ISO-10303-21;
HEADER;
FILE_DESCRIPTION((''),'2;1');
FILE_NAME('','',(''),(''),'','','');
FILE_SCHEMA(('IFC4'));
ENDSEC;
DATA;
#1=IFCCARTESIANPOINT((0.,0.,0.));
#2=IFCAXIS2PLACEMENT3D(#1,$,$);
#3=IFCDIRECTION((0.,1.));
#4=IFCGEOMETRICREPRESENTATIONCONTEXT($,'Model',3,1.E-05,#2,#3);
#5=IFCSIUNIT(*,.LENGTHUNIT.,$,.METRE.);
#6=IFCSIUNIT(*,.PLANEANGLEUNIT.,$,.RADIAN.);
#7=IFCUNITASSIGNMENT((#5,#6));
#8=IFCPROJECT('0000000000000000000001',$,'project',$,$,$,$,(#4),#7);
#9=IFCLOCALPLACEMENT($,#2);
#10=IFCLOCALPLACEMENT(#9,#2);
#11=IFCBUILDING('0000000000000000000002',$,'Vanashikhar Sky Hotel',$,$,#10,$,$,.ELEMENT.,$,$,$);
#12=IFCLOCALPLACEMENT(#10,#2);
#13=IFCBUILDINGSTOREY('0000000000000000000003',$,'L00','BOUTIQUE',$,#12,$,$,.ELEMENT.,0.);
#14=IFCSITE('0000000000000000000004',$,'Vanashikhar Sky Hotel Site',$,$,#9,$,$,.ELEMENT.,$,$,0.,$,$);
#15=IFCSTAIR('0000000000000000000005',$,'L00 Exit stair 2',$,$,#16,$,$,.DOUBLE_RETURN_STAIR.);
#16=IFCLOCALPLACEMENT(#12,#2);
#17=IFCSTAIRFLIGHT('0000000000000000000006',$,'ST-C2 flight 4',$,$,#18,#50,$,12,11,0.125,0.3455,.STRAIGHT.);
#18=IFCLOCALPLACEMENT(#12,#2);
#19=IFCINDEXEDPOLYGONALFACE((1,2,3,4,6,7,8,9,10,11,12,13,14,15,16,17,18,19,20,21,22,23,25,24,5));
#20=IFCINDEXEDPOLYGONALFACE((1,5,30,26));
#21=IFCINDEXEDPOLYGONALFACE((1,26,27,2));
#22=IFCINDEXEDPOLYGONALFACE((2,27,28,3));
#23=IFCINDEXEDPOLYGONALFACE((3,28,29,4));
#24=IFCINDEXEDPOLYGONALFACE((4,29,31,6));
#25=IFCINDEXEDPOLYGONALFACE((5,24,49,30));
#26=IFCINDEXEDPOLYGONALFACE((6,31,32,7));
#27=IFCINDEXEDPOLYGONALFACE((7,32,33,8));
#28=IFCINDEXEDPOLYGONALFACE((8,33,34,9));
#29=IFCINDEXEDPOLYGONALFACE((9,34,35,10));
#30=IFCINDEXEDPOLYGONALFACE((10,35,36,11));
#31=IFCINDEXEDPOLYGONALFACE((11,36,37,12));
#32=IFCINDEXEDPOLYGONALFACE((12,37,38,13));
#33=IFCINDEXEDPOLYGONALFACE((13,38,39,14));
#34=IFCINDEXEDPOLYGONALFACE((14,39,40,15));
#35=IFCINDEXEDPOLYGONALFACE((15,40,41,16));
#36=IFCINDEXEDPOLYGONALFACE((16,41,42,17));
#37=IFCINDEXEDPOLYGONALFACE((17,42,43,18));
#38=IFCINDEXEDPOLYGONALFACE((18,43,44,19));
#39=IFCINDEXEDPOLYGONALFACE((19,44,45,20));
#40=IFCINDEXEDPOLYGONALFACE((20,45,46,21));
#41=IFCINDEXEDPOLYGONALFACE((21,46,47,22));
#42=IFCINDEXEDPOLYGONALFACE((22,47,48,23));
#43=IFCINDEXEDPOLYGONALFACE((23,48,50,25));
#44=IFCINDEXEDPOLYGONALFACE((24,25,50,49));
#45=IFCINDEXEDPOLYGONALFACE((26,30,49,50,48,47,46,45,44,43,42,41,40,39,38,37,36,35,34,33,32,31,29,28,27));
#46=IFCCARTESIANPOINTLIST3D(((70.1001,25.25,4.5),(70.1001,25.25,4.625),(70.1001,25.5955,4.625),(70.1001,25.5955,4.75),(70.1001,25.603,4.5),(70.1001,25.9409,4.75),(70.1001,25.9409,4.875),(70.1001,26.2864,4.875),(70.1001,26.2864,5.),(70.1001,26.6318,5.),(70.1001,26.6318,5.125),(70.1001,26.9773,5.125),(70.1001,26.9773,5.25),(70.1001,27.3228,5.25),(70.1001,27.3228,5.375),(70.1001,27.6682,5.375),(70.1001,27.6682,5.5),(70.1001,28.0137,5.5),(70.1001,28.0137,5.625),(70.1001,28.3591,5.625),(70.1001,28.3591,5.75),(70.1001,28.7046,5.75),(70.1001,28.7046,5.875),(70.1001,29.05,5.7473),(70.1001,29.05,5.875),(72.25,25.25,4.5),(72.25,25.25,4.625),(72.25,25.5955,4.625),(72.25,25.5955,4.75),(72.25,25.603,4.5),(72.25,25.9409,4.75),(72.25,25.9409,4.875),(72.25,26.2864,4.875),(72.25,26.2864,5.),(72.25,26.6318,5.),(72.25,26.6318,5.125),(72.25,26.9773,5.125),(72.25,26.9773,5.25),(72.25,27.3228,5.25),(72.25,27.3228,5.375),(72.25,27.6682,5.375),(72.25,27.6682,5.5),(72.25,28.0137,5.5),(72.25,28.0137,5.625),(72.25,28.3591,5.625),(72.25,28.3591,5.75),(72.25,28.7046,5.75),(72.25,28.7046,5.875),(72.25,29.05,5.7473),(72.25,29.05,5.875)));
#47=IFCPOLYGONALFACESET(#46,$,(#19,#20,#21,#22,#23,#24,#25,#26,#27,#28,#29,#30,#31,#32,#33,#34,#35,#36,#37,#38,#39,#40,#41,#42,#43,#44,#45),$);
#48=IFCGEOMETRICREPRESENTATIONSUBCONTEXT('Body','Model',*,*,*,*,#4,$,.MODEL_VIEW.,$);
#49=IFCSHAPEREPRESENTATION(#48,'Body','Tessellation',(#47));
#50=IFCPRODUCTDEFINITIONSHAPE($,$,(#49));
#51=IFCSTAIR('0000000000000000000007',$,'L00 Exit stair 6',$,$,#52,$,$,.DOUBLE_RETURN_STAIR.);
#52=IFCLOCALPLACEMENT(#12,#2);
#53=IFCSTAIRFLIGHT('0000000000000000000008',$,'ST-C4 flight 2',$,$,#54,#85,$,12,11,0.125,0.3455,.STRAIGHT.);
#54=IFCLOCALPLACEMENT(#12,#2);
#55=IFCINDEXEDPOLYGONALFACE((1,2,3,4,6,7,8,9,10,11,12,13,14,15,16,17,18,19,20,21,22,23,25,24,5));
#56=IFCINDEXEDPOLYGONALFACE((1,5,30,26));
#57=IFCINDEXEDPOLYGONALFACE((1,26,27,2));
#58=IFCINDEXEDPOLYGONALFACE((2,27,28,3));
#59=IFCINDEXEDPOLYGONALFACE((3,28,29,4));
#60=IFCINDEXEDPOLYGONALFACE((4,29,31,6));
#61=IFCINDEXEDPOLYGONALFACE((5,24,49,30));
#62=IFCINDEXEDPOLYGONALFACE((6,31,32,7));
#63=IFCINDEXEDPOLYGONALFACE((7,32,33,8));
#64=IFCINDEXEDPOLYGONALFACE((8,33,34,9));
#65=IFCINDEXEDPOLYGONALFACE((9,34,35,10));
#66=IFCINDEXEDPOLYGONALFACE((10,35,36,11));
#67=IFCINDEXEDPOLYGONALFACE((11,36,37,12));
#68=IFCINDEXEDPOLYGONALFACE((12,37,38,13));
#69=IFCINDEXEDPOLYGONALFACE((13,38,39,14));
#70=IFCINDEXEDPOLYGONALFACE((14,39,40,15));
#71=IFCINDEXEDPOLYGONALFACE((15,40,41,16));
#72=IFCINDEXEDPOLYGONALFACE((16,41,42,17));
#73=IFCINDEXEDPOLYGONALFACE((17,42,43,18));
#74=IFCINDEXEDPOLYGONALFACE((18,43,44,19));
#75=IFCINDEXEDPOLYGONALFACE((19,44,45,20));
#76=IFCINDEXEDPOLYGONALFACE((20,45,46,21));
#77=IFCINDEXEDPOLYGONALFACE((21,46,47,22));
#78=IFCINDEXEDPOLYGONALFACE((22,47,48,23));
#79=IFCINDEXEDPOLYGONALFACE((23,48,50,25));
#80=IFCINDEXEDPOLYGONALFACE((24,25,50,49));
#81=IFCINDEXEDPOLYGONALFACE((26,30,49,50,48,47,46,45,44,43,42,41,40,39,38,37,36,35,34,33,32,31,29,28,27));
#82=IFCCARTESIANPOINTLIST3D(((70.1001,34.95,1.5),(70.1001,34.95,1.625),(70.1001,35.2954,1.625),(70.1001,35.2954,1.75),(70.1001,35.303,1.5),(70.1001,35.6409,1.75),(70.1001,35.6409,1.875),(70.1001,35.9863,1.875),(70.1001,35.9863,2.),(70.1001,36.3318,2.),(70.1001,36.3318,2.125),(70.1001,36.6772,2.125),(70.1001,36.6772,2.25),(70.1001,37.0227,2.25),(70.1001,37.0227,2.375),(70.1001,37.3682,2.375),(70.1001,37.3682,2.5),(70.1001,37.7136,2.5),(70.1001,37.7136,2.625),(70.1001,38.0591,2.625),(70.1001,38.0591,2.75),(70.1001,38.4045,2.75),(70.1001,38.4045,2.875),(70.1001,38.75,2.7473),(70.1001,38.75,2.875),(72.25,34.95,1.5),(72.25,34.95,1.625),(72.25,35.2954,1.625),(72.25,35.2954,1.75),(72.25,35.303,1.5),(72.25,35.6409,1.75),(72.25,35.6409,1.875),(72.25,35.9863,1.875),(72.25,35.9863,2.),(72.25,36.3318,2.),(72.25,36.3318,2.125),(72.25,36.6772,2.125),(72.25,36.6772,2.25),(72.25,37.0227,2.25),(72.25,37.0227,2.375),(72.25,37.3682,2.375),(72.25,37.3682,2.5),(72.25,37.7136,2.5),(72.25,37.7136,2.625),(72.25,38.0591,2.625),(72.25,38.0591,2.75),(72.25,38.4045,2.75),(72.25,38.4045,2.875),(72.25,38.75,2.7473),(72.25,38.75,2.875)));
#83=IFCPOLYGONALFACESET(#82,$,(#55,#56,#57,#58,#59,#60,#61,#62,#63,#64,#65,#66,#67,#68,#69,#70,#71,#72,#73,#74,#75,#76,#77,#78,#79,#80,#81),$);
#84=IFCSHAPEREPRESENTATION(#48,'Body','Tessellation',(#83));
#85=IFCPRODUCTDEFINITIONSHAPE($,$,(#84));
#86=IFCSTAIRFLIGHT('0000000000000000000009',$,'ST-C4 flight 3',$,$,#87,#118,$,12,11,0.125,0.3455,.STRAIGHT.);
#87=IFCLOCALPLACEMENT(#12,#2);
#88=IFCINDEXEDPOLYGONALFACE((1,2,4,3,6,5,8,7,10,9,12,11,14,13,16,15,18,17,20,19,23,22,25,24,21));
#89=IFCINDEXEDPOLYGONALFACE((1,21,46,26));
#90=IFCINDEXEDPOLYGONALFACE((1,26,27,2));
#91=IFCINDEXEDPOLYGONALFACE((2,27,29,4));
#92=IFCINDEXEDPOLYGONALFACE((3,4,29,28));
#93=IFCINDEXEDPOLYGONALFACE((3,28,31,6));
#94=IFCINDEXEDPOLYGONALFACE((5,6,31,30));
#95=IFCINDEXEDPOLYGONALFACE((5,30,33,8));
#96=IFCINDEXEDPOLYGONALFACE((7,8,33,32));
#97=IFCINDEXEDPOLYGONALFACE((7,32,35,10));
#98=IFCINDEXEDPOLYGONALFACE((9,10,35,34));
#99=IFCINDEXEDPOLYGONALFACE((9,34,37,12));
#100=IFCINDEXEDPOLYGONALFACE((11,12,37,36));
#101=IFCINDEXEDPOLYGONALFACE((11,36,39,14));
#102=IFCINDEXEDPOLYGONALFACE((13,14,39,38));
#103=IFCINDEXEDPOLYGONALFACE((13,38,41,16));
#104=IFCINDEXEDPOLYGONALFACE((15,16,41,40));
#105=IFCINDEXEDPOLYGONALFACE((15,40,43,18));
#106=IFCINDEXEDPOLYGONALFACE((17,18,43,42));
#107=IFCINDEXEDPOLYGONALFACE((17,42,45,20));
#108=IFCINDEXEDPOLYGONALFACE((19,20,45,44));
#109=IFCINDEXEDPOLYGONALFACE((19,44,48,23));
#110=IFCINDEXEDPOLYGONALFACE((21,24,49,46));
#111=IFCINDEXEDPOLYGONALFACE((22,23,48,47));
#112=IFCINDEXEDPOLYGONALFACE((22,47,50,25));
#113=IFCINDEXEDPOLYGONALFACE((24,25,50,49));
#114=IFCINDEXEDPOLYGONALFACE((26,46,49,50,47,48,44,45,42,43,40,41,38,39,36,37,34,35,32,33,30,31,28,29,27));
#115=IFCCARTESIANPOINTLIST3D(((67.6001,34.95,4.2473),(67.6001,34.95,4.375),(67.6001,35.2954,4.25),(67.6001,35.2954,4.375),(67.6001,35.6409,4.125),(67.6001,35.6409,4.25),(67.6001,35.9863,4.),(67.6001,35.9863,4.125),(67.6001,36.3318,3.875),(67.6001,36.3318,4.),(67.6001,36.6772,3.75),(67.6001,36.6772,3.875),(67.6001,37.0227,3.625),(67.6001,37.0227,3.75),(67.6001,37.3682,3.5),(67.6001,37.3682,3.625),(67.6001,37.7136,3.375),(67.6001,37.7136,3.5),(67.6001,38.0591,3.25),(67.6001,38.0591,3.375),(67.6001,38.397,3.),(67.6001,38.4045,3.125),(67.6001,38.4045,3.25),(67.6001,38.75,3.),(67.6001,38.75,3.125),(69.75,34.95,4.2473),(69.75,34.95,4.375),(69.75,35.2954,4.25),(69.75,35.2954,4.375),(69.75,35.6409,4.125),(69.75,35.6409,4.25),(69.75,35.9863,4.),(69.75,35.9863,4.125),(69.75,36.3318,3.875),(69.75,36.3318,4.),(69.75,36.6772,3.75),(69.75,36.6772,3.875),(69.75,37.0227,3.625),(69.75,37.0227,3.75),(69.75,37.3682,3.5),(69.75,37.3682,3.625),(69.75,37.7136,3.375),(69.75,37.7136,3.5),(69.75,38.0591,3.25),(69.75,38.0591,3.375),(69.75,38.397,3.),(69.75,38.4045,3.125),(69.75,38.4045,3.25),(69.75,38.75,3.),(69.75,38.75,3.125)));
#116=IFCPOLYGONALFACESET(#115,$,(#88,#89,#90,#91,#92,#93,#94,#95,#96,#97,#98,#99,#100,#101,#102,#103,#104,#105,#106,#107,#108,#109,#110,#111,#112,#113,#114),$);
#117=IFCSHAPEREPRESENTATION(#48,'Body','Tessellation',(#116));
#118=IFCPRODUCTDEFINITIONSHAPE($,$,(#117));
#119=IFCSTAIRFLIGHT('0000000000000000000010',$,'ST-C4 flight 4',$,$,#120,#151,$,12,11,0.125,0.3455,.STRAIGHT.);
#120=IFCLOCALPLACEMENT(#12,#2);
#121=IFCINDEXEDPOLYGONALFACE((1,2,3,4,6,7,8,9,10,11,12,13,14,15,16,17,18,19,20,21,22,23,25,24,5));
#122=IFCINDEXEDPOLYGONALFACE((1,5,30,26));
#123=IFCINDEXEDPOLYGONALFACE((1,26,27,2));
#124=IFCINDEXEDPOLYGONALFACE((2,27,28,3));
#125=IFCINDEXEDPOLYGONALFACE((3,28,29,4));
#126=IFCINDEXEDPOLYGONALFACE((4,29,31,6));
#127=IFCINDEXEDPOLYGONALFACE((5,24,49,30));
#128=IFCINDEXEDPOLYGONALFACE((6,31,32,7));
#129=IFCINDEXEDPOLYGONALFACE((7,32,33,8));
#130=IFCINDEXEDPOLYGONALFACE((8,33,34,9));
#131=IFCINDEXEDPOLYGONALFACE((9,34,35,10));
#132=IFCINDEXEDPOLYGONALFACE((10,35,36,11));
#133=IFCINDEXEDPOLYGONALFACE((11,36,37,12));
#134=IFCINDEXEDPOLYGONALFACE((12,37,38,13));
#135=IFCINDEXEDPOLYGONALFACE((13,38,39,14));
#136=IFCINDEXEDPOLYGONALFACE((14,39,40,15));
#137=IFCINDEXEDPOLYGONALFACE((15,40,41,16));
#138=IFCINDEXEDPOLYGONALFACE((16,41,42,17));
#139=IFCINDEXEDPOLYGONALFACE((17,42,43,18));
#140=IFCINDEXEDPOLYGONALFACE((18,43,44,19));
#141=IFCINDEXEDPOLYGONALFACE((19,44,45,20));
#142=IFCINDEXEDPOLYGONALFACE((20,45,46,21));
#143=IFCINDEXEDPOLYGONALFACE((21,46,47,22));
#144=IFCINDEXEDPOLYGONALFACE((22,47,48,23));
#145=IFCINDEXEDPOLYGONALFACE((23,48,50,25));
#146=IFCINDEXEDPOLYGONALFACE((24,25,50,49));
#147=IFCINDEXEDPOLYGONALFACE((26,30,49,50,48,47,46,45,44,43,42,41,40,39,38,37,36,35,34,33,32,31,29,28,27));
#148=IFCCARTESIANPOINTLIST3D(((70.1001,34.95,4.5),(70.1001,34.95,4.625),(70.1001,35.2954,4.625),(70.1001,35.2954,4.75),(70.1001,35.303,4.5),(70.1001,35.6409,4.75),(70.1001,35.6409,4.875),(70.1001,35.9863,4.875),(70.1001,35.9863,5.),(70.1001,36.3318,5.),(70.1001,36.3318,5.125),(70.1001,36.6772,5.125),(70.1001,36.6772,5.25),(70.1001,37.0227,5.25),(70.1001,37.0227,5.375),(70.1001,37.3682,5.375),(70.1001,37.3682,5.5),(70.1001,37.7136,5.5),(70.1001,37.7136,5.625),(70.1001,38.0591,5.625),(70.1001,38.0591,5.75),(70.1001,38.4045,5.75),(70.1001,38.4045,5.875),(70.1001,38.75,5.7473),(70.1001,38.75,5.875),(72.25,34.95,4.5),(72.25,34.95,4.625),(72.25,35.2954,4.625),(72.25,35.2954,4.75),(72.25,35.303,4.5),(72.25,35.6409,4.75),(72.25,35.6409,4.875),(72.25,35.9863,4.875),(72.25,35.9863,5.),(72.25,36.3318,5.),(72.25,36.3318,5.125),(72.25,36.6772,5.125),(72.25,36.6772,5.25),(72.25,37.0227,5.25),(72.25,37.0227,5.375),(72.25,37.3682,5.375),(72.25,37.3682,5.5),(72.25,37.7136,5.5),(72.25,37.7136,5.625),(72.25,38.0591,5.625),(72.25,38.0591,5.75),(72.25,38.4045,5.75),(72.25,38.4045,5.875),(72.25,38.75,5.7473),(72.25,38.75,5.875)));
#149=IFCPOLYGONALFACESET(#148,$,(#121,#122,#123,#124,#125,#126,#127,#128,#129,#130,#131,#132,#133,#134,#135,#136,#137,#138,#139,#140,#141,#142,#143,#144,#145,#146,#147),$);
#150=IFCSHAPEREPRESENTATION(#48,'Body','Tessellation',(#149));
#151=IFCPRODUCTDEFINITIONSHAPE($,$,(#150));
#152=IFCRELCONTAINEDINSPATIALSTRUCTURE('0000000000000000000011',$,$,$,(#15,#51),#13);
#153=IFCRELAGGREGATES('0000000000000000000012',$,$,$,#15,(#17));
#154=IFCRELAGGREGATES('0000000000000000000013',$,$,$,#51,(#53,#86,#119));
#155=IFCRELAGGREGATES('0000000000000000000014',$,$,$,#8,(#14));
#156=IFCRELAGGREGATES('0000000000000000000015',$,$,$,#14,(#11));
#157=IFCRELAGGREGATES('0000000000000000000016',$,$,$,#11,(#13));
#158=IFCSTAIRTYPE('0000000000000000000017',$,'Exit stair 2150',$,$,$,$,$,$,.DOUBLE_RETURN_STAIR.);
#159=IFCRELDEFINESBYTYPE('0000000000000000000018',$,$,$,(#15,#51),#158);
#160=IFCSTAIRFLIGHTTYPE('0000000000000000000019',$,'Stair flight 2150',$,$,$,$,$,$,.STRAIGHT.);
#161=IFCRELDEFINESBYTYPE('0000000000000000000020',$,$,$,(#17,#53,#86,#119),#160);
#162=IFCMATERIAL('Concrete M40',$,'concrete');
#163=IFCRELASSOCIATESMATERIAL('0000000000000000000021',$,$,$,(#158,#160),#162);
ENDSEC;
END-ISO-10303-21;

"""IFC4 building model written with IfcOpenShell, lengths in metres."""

from ifc_helpers import new_model, si_unit, direction, frame, origin, place, context, subcontext, project, spatial, polyline, outline, extrude, source, transform, mapped, material, type_object, element, aggregate, save


model = new_model("IFC4")

# Units and contexts
model_context = context("Model", 3, precision=1e-05, world=origin(), true_north=direction((0.0, 1.0)))
body_context = subcontext(model_context, "Body", "Model", "MODEL_VIEW")
ifc_project = project(units=[si_unit("LENGTHUNIT", "METRE"), si_unit("PLANEANGLEUNIT", "RADIAN")], contexts=[model_context])

# Site, building, storey
site_placement = place(None, origin())
site = spatial("IfcSite", under=ifc_project, at=site_placement, Name="Vanashikhar Sky Hotel Site", CompositionType="ELEMENT", RefElevation=0.0)
building_placement = place(site_placement, origin())
building = spatial("IfcBuilding", under=site, at=building_placement, Name="Vanashikhar Sky Hotel", CompositionType="ELEMENT")
storey_placement = place(building_placement, origin())
storey = spatial("IfcBuildingStorey", under=building, at=storey_placement, Name="L00", Description="BOUTIQUE", CompositionType="ELEMENT", Elevation=0.0)

# Shared definitions
ifc_material_1 = material(Name="Concrete M40", Category="concrete")

# Stairs, stair flights
stair_type = type_object("IfcStairType", Name="Exit stair 2150", PredefinedType="DOUBLE_RETURN_STAIR", material=ifc_material_1)
stair_1_placement = place(storey_placement, origin())
stair_1 = element("IfcStair", 1, at=stair_1_placement, inside=storey, type_object=stair_type, Name="L00 Exit stair 2", PredefinedType="DOUBLE_RETURN_STAIR")
stair_flight_type = type_object("IfcStairFlightType", Name="Stair flight 2150", PredefinedType="STRAIGHT", material=ifc_material_1)
shared_shape_1 = source(origin(), body_context, "Body", "SweptSolid", [
    extrude(outline(polyline([(0.0, 0.0), (0.0, 0.125), (0.3455, 0.125), (0.3455, 0.25), (0.6909, 0.25), (0.6909, 0.375), (1.0364, 0.375), (1.0364, 0.5), (1.3818, 0.5), (1.3818, 0.625), (1.7273, 0.625), (1.7273, 0.75), (2.0728, 0.75), (2.0728, 0.875), (2.4182, 0.875), (2.4182, 1.0), (2.7637, 1.0), (2.7637, 1.125), (3.1091, 1.125), (3.1091, 1.25), (3.4546, 1.25), (3.4546, 1.375), (3.8, 1.375), (3.8, 1.5), (3.8, 1.2473), (0.353, 0.0), (0.0, 0.0)])), frame((0.0, 1.075, 0.0), z_axis=(0.0, -1.0, 0.0), x_axis=(1.0, 0.0, 0.0)), (0.0, 0.0, 1.0), 2.1499),
])
stair_flight_1_placement = place(storey_placement, frame((71.175, 25.25, 4.5), z_axis=(0.0, 0.0, 1.0), x_axis=(0.0, 1.0, 0.0)))
stair_flight_1 = element("IfcStairFlight", 2, at=stair_flight_1_placement, type_object=stair_flight_type, Name="ST-C2 flight 4", NumberOfRisers=12, NumberOfTreads=11, PredefinedType="STRAIGHT", RiserHeight=0.125, TreadLength=0.3455, context=body_context, shape_type="MappedRepresentation", body=[
    mapped(shared_shape_1, transform((0.0, 0.0, 0.0), scale=1.0)),
])
aggregate(stair_1, [stair_flight_1])
stair_2_placement = place(storey_placement, origin())
stair_2 = element("IfcStair", 3, at=stair_2_placement, inside=storey, type_object=stair_type, Name="L00 Exit stair 6", PredefinedType="DOUBLE_RETURN_STAIR")
stair_flight_2_placement = place(storey_placement, frame((71.175, 34.95, 1.5), z_axis=(0.0, 0.0, 1.0), x_axis=(0.0, 1.0, 0.0)))
stair_flight_2 = element("IfcStairFlight", 4, at=stair_flight_2_placement, type_object=stair_flight_type, Name="ST-C4 flight 2", NumberOfRisers=12, NumberOfTreads=11, PredefinedType="STRAIGHT", RiserHeight=0.125, TreadLength=0.3455, context=body_context, shape_type="MappedRepresentation", body=[
    mapped(shared_shape_1, transform((0.0, 0.0, 0.0), scale=1.0)),
])
stair_flight_3_placement = place(storey_placement, frame((68.675, 38.75, 3.0), z_axis=(0.0, 0.0, 1.0), x_axis=(0.0, -1.0, 0.0)))
stair_flight_3 = element("IfcStairFlight", 5, at=stair_flight_3_placement, type_object=stair_flight_type, Name="ST-C4 flight 3", NumberOfRisers=12, NumberOfTreads=11, PredefinedType="STRAIGHT", RiserHeight=0.125, TreadLength=0.3455, context=body_context, shape_type="MappedRepresentation", body=[
    mapped(shared_shape_1, transform((0.0, 0.0, 0.0), scale=1.0)),
])
stair_flight_4_placement = place(storey_placement, frame((71.175, 34.95, 4.5), z_axis=(0.0, 0.0, 1.0), x_axis=(0.0, 1.0, 0.0)))
stair_flight_4 = element("IfcStairFlight", 6, at=stair_flight_4_placement, type_object=stair_flight_type, Name="ST-C4 flight 4", NumberOfRisers=12, NumberOfTreads=11, PredefinedType="STRAIGHT", RiserHeight=0.125, TreadLength=0.3455, context=body_context, shape_type="MappedRepresentation", body=[
    mapped(shared_shape_1, transform((0.0, 0.0, 0.0), scale=1.0)),
])
aggregate(stair_2, [stair_flight_2, stair_flight_3, stair_flight_4])

save(model, "model.ifc")
